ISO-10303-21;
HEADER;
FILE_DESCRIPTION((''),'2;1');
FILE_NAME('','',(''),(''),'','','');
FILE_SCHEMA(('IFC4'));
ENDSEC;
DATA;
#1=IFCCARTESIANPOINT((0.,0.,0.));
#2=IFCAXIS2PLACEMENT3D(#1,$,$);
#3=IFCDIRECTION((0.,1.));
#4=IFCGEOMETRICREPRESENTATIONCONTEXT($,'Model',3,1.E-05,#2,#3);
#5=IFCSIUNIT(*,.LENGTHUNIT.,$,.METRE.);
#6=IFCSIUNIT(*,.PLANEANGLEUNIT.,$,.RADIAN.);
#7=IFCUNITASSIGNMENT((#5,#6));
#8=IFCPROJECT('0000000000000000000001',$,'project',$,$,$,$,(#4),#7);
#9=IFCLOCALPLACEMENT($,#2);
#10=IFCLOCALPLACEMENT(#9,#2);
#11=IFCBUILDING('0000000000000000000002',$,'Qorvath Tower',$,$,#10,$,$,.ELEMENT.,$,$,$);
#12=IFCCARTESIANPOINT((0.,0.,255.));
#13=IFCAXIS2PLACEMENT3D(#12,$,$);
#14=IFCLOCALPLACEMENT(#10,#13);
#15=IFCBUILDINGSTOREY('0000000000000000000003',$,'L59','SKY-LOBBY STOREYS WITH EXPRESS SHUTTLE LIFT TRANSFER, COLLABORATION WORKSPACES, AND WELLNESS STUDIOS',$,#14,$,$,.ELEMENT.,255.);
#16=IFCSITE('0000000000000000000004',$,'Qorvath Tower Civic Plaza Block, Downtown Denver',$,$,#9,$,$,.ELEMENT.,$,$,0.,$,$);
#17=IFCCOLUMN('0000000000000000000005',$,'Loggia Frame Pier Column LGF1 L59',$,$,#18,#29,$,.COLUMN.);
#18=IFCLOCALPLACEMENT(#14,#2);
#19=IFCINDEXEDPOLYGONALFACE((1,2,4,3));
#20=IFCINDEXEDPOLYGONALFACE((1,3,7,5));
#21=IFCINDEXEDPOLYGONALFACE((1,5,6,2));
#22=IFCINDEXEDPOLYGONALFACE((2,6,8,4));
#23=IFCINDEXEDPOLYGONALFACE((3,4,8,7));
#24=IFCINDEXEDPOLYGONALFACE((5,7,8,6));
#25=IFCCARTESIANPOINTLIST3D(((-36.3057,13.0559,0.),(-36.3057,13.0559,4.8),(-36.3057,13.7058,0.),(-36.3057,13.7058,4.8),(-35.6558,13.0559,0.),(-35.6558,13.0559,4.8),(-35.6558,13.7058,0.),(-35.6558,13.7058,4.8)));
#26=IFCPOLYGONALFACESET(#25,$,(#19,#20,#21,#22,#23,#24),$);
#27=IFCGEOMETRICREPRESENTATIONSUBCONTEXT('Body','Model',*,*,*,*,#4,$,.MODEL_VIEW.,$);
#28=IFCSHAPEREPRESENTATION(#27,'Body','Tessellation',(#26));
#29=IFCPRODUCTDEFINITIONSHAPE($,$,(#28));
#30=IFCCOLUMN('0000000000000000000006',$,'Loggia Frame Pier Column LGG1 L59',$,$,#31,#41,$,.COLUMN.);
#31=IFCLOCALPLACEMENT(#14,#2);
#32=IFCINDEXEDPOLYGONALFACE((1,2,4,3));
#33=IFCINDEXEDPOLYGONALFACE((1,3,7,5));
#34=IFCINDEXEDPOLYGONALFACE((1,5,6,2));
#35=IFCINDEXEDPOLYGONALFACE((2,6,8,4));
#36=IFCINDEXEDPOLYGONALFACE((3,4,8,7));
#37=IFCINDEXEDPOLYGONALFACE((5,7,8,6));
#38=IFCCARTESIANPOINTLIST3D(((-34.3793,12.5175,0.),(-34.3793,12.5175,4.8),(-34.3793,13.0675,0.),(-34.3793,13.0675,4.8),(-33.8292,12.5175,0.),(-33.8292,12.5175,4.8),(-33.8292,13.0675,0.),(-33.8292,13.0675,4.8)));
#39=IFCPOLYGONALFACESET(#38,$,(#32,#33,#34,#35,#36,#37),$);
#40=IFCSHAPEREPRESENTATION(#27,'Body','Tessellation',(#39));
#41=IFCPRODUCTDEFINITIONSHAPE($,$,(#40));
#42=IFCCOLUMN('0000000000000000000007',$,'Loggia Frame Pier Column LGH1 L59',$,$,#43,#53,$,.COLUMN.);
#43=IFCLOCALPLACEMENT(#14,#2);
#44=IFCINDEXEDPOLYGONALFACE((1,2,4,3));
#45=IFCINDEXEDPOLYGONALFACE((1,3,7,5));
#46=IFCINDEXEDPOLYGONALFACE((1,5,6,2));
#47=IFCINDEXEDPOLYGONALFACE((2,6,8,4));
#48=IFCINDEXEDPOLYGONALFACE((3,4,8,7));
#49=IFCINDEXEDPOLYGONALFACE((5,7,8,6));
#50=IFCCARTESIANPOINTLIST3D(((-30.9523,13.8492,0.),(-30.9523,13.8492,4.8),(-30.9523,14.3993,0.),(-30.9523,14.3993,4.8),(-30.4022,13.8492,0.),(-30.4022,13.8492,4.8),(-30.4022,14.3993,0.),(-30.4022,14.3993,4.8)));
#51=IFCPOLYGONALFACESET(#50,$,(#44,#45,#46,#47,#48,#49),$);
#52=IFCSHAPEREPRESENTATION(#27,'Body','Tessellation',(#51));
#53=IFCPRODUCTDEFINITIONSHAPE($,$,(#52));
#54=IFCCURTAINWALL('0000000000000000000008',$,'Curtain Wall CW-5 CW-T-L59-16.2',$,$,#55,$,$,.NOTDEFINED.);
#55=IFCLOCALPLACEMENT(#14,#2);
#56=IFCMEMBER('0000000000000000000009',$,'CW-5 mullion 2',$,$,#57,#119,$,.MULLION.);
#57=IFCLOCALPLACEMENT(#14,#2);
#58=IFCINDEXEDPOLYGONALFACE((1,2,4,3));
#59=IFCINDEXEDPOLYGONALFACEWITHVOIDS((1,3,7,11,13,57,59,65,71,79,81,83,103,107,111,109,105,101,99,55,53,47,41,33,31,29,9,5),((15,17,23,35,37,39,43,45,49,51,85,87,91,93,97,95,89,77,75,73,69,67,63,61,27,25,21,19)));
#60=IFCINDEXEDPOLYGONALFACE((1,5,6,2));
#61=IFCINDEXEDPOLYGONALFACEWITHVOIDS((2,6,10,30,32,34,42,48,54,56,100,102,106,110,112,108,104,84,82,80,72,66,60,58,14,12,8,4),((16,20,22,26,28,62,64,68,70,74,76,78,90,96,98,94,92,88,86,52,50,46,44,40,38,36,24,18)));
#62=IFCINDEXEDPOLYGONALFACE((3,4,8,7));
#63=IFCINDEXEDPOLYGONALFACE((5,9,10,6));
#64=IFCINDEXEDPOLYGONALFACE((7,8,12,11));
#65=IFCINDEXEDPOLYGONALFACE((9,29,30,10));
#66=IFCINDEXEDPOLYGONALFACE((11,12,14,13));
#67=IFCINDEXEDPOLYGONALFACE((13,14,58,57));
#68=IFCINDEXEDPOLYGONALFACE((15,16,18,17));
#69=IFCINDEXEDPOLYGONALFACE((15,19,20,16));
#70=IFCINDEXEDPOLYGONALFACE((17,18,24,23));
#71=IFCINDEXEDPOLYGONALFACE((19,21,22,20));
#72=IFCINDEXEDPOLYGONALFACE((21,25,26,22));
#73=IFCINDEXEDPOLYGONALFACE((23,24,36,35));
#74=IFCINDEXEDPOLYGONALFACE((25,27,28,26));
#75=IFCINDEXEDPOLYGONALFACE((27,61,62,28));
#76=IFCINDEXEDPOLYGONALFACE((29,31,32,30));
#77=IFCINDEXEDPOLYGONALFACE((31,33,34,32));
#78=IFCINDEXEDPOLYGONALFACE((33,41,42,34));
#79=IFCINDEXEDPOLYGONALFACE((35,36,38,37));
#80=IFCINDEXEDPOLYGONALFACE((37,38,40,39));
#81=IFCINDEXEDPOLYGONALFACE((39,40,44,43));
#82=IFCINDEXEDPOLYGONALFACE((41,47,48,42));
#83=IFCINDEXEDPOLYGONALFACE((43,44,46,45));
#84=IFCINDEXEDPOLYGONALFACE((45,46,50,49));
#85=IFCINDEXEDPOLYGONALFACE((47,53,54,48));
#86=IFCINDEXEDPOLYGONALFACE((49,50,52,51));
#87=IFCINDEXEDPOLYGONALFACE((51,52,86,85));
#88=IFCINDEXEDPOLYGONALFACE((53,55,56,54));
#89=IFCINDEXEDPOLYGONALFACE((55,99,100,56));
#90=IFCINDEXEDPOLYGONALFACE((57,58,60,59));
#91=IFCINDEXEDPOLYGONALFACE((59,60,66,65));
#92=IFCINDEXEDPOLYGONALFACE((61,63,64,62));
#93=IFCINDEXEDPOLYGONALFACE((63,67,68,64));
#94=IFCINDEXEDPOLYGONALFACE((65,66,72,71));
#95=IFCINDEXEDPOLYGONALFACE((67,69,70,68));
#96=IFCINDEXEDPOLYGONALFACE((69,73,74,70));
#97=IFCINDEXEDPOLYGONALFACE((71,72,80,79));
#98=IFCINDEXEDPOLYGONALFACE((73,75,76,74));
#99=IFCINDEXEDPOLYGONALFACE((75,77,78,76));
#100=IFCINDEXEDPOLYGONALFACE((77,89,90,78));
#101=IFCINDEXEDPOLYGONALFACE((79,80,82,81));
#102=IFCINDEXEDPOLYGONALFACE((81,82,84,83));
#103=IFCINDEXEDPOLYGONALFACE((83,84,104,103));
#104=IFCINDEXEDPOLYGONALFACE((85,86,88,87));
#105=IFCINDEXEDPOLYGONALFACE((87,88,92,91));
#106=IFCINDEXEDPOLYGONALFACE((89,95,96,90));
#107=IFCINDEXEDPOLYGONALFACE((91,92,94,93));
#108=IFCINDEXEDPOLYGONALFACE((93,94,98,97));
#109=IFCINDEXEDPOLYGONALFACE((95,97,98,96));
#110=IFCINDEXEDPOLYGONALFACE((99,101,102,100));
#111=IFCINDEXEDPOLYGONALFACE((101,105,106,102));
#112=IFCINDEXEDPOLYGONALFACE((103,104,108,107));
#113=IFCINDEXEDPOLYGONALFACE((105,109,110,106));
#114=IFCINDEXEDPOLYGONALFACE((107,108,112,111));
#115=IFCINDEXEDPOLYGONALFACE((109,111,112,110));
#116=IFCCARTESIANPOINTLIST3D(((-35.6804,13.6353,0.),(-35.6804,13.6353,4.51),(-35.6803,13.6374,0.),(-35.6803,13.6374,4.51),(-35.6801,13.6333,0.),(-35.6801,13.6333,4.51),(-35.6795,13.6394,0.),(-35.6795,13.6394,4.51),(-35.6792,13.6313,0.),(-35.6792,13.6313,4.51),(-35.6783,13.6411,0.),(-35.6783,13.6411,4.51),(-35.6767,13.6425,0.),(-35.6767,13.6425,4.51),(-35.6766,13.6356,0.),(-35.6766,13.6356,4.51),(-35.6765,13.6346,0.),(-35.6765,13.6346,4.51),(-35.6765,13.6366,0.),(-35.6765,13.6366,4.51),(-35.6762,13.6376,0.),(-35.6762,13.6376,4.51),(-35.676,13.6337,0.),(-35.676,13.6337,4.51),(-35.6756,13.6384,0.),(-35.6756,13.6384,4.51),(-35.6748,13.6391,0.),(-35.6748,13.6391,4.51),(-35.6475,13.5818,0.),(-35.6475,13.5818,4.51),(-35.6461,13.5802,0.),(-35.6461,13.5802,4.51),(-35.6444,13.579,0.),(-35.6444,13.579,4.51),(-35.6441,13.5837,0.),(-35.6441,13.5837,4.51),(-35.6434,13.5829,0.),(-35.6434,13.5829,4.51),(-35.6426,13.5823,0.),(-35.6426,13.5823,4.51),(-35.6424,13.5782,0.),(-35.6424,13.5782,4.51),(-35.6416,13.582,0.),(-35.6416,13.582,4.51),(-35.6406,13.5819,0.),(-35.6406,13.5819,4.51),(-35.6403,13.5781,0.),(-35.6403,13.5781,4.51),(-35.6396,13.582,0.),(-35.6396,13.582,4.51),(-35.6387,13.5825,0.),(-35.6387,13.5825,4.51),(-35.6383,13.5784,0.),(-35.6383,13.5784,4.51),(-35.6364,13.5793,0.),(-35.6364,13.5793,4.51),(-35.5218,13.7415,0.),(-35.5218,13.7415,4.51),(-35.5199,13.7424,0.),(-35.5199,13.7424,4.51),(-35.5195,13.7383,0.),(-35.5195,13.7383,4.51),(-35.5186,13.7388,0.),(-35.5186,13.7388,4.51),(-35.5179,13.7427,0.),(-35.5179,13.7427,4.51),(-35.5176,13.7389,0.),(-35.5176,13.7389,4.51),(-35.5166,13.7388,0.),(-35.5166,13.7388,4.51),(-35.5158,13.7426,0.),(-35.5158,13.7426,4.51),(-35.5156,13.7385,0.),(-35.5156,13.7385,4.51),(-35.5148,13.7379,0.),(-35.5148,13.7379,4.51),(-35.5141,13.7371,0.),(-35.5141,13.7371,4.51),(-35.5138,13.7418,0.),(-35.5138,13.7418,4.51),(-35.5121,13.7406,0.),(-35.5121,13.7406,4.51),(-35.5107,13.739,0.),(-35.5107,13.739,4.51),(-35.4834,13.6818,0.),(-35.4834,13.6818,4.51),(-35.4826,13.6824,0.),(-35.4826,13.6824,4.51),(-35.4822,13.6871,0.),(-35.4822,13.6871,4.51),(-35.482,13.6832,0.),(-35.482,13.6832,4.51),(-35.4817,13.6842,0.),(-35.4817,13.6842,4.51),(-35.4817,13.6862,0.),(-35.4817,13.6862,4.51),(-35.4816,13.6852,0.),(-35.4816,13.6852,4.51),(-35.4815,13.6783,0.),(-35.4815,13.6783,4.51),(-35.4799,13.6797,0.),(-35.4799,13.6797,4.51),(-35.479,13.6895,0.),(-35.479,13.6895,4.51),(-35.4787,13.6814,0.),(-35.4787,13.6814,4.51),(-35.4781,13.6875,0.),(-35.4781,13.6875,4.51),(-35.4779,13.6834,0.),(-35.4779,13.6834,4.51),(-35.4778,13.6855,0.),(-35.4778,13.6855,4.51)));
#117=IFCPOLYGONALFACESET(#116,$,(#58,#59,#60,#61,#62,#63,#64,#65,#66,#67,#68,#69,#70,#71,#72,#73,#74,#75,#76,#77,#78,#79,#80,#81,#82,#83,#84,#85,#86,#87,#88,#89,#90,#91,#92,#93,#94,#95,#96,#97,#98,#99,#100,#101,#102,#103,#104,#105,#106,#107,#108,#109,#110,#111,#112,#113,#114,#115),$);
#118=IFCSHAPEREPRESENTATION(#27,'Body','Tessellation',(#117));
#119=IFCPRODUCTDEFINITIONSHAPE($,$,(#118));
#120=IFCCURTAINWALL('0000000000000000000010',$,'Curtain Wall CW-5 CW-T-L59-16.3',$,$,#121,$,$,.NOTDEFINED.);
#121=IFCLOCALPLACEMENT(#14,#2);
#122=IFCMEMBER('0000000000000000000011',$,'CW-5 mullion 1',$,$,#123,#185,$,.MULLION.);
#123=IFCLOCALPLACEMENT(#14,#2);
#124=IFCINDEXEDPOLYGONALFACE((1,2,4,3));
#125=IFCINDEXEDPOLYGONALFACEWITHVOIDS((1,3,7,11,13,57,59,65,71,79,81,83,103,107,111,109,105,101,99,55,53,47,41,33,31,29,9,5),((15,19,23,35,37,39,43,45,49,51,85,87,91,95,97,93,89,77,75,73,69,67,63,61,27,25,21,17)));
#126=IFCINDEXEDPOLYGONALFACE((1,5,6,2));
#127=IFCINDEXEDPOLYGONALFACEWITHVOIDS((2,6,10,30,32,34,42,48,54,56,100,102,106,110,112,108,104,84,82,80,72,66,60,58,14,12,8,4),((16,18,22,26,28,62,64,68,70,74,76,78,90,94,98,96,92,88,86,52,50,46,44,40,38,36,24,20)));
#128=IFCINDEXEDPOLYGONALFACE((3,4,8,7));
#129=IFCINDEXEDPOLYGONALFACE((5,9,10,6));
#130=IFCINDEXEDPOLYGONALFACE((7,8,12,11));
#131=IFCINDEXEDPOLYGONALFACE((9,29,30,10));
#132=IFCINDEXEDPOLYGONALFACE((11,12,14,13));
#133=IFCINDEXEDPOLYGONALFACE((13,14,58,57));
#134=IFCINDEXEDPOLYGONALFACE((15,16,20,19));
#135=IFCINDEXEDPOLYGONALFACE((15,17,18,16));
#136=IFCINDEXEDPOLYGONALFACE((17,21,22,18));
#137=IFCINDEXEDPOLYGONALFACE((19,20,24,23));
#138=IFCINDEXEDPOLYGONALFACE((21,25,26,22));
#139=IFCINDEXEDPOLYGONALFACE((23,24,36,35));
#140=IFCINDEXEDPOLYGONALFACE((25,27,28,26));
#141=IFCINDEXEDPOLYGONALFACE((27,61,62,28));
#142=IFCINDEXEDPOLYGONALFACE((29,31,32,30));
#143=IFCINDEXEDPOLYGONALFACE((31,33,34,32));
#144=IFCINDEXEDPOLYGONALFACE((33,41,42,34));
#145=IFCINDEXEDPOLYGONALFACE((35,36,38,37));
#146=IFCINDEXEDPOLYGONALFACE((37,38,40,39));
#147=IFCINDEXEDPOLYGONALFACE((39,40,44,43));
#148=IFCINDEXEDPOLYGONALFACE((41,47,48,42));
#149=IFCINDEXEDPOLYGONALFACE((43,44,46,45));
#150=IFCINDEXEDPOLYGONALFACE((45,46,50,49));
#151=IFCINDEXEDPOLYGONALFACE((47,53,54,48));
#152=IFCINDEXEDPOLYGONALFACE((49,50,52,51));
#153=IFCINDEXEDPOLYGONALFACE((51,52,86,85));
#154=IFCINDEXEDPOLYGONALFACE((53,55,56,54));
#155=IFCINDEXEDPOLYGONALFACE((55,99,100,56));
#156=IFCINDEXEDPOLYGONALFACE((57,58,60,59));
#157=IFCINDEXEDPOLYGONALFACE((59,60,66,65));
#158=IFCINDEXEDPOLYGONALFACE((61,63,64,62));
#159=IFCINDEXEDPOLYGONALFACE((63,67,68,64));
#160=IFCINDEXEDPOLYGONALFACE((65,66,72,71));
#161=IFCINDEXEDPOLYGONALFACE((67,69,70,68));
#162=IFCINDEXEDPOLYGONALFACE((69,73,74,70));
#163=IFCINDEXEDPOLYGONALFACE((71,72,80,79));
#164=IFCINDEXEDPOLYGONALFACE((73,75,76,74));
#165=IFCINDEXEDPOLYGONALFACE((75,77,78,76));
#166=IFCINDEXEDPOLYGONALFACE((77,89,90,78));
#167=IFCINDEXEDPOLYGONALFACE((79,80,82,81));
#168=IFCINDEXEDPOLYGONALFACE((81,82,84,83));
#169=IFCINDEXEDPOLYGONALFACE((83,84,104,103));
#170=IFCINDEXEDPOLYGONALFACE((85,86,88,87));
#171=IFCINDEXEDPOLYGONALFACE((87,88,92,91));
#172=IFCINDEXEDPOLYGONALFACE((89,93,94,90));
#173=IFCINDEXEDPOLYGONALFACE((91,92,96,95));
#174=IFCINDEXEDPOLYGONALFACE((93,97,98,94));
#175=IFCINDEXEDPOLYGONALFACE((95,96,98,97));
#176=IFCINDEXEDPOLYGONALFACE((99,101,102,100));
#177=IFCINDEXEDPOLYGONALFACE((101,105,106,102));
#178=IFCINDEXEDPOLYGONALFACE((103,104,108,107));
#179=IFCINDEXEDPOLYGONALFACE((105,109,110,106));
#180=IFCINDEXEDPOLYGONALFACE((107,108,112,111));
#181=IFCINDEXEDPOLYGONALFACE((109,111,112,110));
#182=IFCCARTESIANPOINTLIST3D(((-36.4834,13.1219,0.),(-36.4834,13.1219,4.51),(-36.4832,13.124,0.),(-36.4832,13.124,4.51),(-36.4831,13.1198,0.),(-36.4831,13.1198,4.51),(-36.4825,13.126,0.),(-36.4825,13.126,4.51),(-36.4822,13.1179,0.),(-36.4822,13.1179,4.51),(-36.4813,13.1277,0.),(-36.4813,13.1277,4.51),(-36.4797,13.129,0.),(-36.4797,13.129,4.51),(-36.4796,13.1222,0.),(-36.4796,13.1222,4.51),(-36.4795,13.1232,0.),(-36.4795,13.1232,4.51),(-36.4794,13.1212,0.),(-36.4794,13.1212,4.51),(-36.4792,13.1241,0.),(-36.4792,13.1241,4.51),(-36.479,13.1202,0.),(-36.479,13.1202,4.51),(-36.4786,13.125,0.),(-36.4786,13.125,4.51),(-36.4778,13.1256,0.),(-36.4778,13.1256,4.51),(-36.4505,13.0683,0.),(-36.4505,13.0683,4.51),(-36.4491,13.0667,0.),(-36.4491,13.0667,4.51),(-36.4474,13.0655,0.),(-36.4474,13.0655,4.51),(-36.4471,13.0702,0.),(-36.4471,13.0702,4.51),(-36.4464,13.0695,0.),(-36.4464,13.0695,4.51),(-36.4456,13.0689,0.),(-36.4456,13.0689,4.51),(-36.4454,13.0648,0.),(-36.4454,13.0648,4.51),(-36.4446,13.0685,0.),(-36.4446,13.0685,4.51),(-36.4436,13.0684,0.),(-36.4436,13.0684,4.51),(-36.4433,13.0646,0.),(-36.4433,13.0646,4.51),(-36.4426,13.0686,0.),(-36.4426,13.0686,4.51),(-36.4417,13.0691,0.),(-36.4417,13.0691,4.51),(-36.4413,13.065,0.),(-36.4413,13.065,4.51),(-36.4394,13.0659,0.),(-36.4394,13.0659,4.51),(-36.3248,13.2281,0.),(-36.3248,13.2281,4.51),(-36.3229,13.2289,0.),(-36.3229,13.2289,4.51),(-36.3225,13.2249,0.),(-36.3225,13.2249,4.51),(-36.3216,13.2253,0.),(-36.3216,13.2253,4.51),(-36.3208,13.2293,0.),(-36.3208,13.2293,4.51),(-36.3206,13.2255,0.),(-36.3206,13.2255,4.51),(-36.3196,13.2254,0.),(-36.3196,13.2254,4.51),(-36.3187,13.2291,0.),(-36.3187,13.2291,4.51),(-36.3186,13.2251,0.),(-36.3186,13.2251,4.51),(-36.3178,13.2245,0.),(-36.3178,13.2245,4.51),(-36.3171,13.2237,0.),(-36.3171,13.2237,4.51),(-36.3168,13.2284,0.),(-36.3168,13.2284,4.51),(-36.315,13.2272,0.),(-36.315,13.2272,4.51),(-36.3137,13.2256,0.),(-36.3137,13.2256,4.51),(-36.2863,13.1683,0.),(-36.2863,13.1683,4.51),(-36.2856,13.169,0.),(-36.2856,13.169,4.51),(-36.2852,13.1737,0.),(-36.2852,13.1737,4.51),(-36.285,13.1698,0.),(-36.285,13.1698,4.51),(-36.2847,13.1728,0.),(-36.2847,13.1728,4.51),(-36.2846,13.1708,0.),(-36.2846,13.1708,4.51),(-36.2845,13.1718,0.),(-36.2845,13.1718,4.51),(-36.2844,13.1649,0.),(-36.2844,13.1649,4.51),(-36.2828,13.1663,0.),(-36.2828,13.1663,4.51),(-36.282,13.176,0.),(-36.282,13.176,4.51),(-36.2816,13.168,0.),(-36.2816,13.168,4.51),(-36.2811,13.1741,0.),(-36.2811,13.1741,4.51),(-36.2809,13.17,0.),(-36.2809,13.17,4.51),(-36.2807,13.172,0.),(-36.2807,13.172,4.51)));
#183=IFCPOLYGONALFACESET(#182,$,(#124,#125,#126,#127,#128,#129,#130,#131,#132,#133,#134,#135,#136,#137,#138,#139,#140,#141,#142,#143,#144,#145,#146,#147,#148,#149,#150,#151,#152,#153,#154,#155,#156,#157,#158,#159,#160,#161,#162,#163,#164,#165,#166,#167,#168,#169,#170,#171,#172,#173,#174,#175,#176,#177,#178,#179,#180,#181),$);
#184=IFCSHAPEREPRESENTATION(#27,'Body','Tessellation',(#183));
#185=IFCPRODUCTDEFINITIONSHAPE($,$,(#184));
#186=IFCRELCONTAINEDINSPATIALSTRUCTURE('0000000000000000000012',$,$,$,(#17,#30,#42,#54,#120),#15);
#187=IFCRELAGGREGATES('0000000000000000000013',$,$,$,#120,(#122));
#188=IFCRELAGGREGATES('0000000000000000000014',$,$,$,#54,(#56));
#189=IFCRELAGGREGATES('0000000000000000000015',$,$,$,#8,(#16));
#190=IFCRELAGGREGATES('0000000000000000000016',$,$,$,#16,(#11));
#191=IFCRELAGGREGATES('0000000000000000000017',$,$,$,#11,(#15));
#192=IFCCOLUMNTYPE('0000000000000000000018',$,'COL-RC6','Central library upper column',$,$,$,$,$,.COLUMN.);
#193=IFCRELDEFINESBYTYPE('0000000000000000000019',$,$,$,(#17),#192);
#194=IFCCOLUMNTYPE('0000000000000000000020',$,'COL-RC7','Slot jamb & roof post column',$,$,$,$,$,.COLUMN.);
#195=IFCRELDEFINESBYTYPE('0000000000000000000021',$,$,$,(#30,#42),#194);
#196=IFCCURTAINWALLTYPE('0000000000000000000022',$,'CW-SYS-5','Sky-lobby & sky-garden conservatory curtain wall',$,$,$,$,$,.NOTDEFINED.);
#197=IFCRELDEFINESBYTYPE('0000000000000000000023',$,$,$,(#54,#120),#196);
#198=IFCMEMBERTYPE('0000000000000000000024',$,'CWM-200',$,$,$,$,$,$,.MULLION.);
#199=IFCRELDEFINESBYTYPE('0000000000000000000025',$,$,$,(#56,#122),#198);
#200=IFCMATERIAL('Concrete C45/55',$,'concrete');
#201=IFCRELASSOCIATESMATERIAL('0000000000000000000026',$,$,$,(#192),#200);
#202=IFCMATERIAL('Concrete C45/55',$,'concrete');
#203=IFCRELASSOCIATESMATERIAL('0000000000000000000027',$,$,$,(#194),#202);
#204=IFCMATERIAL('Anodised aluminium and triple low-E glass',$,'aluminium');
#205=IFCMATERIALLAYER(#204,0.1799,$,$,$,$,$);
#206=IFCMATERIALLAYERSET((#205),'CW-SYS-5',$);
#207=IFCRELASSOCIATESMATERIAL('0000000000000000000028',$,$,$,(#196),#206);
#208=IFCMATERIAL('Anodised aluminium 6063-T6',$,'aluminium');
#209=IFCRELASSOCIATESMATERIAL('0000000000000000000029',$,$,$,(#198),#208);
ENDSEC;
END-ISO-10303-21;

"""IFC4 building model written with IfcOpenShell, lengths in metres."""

from ifc_helpers import new_model, si_unit, direction, frame, origin, origin_2d, place, context, subcontext, project, spatial, rectangle, hollow_rectangle, extrude, material, layer, layer_set, material_profile, profile_set, type_object, element, aggregate, save


model = new_model("IFC4")

# Units and contexts
model_context = context("Model", 3, precision=1e-05, world=origin(), true_north=direction((0.0, 1.0)))
body_context = subcontext(model_context, "Body", "Model", "MODEL_VIEW")
ifc_project = project(units=[si_unit("LENGTHUNIT", "METRE"), si_unit("PLANEANGLEUNIT", "RADIAN")], contexts=[model_context])

# Site, building, storey
site_placement = place(None, origin())
site = spatial("IfcSite", under=ifc_project, at=site_placement, Name="Qorvath Tower Civic Plaza Block, Downtown Denver", CompositionType="ELEMENT", RefElevation=0.0)
building_placement = place(site_placement, origin())
building = spatial("IfcBuilding", under=site, at=building_placement, Name="Qorvath Tower", CompositionType="ELEMENT")
storey_placement = place(building_placement, frame((0.0, 0.0, 255.0)))
storey = spatial("IfcBuildingStorey", under=building, at=storey_placement, Name="L59", Description="SKY-LOBBY STOREYS WITH EXPRESS SHUTTLE LIFT TRANSFER, COLLABORATION WORKSPACES, AND WELLNESS STUDIOS", CompositionType="ELEMENT", Elevation=255.0)

# Columns
ifc_material_1 = material(Name="Concrete C45/55", Category="concrete")
ifc_material_profile_1 = material_profile(ifc_material_1, rectangle(XDim=0.6499, YDim=0.6499, at=origin_2d()), Name="RC 650x650")
ifc_profile_set_1 = profile_set([ifc_material_profile_1], Name="Concrete C45/55")
column_type_1 = type_object("IfcColumnType", Name="COL-RC6", Description="Central library upper column", PredefinedType="COLUMN", material=ifc_profile_set_1)
column_placement = place(storey_placement, frame((-35.9807, 13.3809, 0.0), z_axis=(0.0, 0.0, 1.0), x_axis=(1.0, 0.0, 0.0)))
element("IfcColumn", 1, at=column_placement, inside=storey, type_object=column_type_1, Name="Loggia Frame Pier Column LGF1 L59", PredefinedType="COLUMN", context=body_context, shape_type="SweptSolid", body=[
    extrude(rectangle(XDim=0.6499, YDim=0.6499, at=origin_2d()), origin(), (0.0, 0.0, 1.0), 4.8),
])
ifc_material_2 = material(Name="Concrete C45/55", Category="concrete")
ifc_material_profile_2 = material_profile(ifc_material_2, rectangle(XDim=0.55, YDim=0.55, at=origin_2d()), Name="RC 550x550")
ifc_profile_set_2 = profile_set([ifc_material_profile_2], Name="Concrete C45/55")
column_type_2 = type_object("IfcColumnType", Name="COL-RC7", Description="Slot jamb & roof post column", PredefinedType="COLUMN", material=ifc_profile_set_2)
for number, where, z_axis, x_axis, name in (
    (2, (-34.1042, 12.7925, 0.0), (0.0, 0.0, 1.0), (1.0, 0.0, 0.0), "Loggia Frame Pier Column LGG1 L59"),
    (3, (-30.6772, 14.1243, 0.0), (0.0, 0.0, 1.0), (1.0, 0.0, 0.0), "Loggia Frame Pier Column LGH1 L59"),
):
    element("IfcColumn", number, at=place(storey_placement, frame(where, z_axis=z_axis, x_axis=x_axis)), inside=storey, type_object=column_type_2, Name=name, PredefinedType="COLUMN", context=body_context, shape_type="SweptSolid", body=[
        extrude(rectangle(XDim=0.55, YDim=0.55, at=origin_2d()), origin(), (0.0, 0.0, 1.0), 4.8),
    ])

# Curtain wall, member
ifc_material_3 = material(Name="Anodised aluminium and triple low-E glass", Category="aluminium")
ifc_layer_1 = layer(ifc_material_3, 0.1799)
ifc_layer_set_1 = layer_set([ifc_layer_1], Name="CW-SYS-5")
curtain_wall_type = type_object("IfcCurtainWallType", Name="CW-SYS-5", Description="Sky-lobby & sky-garden conservatory curtain wall", PredefinedType="NOTDEFINED", material=ifc_layer_set_1)
curtain_wall_1_placement = place(storey_placement, origin())
curtain_wall_1 = element("IfcCurtainWall", 4, at=curtain_wall_1_placement, inside=storey, type_object=curtain_wall_type, Name="Curtain Wall CW-5 CW-T-L59-16.2", PredefinedType="NOTDEFINED")
ifc_material_4 = material(Name="Anodised aluminium 6063-T6", Category="aluminium")
ifc_material_profile_3 = material_profile(ifc_material_4, hollow_rectangle(XDim=0.075, YDim=0.2, WallThickness=0.0039, InnerFilletRadius=0.0039, OuterFilletRadius=0.0081, at=origin_2d()), Name="CWM 200x75")
ifc_profile_set_3 = profile_set([ifc_material_profile_3], Name="Anodised aluminium 6063-T6")
member_type_1 = type_object("IfcMemberType", Name="CWM-200", PredefinedType="MULLION", material=ifc_profile_set_3)
member_1_placement = place(storey_placement, frame((-35.5791, 13.6604, 0.0), z_axis=(0.0, 0.0, 1.0), x_axis=(0.538555, -0.84259, 0.0)))
member_1 = element("IfcMember", 5, at=member_1_placement, type_object=member_type_1, Name="CW-5 mullion 2", PredefinedType="MULLION", context=body_context, shape_type="SweptSolid", body=[
    extrude(hollow_rectangle(XDim=0.075, YDim=0.2, WallThickness=0.0039, InnerFilletRadius=0.0039, OuterFilletRadius=0.0081, at=origin_2d()), origin(), (0.0, 0.0, 1.0), 4.51),
])

# Curtain wall, member
curtain_wall_2_placement = place(storey_placement, origin())
curtain_wall_2 = element("IfcCurtainWall", 6, at=curtain_wall_2_placement, inside=storey, type_object=curtain_wall_type, Name="Curtain Wall CW-5 CW-T-L59-16.3", PredefinedType="NOTDEFINED")
member_2_placement = place(storey_placement, frame((-36.3821, 13.147, 0.0), z_axis=(0.0, 0.0, 1.0), x_axis=(0.538527, -0.842608, 0.0)))
member_2 = element("IfcMember", 7, at=member_2_placement, type_object=member_type_1, Name="CW-5 mullion 1", PredefinedType="MULLION", context=body_context, shape_type="SweptSolid", body=[
    extrude(hollow_rectangle(XDim=0.075, YDim=0.2, WallThickness=0.0039, InnerFilletRadius=0.0039, OuterFilletRadius=0.0081, at=origin_2d()), origin(), (0.0, 0.0, 1.0), 4.51),
])
aggregate(curtain_wall_2, [member_2])

aggregate(curtain_wall_1, [member_1])

save(model, "model.ifc")
